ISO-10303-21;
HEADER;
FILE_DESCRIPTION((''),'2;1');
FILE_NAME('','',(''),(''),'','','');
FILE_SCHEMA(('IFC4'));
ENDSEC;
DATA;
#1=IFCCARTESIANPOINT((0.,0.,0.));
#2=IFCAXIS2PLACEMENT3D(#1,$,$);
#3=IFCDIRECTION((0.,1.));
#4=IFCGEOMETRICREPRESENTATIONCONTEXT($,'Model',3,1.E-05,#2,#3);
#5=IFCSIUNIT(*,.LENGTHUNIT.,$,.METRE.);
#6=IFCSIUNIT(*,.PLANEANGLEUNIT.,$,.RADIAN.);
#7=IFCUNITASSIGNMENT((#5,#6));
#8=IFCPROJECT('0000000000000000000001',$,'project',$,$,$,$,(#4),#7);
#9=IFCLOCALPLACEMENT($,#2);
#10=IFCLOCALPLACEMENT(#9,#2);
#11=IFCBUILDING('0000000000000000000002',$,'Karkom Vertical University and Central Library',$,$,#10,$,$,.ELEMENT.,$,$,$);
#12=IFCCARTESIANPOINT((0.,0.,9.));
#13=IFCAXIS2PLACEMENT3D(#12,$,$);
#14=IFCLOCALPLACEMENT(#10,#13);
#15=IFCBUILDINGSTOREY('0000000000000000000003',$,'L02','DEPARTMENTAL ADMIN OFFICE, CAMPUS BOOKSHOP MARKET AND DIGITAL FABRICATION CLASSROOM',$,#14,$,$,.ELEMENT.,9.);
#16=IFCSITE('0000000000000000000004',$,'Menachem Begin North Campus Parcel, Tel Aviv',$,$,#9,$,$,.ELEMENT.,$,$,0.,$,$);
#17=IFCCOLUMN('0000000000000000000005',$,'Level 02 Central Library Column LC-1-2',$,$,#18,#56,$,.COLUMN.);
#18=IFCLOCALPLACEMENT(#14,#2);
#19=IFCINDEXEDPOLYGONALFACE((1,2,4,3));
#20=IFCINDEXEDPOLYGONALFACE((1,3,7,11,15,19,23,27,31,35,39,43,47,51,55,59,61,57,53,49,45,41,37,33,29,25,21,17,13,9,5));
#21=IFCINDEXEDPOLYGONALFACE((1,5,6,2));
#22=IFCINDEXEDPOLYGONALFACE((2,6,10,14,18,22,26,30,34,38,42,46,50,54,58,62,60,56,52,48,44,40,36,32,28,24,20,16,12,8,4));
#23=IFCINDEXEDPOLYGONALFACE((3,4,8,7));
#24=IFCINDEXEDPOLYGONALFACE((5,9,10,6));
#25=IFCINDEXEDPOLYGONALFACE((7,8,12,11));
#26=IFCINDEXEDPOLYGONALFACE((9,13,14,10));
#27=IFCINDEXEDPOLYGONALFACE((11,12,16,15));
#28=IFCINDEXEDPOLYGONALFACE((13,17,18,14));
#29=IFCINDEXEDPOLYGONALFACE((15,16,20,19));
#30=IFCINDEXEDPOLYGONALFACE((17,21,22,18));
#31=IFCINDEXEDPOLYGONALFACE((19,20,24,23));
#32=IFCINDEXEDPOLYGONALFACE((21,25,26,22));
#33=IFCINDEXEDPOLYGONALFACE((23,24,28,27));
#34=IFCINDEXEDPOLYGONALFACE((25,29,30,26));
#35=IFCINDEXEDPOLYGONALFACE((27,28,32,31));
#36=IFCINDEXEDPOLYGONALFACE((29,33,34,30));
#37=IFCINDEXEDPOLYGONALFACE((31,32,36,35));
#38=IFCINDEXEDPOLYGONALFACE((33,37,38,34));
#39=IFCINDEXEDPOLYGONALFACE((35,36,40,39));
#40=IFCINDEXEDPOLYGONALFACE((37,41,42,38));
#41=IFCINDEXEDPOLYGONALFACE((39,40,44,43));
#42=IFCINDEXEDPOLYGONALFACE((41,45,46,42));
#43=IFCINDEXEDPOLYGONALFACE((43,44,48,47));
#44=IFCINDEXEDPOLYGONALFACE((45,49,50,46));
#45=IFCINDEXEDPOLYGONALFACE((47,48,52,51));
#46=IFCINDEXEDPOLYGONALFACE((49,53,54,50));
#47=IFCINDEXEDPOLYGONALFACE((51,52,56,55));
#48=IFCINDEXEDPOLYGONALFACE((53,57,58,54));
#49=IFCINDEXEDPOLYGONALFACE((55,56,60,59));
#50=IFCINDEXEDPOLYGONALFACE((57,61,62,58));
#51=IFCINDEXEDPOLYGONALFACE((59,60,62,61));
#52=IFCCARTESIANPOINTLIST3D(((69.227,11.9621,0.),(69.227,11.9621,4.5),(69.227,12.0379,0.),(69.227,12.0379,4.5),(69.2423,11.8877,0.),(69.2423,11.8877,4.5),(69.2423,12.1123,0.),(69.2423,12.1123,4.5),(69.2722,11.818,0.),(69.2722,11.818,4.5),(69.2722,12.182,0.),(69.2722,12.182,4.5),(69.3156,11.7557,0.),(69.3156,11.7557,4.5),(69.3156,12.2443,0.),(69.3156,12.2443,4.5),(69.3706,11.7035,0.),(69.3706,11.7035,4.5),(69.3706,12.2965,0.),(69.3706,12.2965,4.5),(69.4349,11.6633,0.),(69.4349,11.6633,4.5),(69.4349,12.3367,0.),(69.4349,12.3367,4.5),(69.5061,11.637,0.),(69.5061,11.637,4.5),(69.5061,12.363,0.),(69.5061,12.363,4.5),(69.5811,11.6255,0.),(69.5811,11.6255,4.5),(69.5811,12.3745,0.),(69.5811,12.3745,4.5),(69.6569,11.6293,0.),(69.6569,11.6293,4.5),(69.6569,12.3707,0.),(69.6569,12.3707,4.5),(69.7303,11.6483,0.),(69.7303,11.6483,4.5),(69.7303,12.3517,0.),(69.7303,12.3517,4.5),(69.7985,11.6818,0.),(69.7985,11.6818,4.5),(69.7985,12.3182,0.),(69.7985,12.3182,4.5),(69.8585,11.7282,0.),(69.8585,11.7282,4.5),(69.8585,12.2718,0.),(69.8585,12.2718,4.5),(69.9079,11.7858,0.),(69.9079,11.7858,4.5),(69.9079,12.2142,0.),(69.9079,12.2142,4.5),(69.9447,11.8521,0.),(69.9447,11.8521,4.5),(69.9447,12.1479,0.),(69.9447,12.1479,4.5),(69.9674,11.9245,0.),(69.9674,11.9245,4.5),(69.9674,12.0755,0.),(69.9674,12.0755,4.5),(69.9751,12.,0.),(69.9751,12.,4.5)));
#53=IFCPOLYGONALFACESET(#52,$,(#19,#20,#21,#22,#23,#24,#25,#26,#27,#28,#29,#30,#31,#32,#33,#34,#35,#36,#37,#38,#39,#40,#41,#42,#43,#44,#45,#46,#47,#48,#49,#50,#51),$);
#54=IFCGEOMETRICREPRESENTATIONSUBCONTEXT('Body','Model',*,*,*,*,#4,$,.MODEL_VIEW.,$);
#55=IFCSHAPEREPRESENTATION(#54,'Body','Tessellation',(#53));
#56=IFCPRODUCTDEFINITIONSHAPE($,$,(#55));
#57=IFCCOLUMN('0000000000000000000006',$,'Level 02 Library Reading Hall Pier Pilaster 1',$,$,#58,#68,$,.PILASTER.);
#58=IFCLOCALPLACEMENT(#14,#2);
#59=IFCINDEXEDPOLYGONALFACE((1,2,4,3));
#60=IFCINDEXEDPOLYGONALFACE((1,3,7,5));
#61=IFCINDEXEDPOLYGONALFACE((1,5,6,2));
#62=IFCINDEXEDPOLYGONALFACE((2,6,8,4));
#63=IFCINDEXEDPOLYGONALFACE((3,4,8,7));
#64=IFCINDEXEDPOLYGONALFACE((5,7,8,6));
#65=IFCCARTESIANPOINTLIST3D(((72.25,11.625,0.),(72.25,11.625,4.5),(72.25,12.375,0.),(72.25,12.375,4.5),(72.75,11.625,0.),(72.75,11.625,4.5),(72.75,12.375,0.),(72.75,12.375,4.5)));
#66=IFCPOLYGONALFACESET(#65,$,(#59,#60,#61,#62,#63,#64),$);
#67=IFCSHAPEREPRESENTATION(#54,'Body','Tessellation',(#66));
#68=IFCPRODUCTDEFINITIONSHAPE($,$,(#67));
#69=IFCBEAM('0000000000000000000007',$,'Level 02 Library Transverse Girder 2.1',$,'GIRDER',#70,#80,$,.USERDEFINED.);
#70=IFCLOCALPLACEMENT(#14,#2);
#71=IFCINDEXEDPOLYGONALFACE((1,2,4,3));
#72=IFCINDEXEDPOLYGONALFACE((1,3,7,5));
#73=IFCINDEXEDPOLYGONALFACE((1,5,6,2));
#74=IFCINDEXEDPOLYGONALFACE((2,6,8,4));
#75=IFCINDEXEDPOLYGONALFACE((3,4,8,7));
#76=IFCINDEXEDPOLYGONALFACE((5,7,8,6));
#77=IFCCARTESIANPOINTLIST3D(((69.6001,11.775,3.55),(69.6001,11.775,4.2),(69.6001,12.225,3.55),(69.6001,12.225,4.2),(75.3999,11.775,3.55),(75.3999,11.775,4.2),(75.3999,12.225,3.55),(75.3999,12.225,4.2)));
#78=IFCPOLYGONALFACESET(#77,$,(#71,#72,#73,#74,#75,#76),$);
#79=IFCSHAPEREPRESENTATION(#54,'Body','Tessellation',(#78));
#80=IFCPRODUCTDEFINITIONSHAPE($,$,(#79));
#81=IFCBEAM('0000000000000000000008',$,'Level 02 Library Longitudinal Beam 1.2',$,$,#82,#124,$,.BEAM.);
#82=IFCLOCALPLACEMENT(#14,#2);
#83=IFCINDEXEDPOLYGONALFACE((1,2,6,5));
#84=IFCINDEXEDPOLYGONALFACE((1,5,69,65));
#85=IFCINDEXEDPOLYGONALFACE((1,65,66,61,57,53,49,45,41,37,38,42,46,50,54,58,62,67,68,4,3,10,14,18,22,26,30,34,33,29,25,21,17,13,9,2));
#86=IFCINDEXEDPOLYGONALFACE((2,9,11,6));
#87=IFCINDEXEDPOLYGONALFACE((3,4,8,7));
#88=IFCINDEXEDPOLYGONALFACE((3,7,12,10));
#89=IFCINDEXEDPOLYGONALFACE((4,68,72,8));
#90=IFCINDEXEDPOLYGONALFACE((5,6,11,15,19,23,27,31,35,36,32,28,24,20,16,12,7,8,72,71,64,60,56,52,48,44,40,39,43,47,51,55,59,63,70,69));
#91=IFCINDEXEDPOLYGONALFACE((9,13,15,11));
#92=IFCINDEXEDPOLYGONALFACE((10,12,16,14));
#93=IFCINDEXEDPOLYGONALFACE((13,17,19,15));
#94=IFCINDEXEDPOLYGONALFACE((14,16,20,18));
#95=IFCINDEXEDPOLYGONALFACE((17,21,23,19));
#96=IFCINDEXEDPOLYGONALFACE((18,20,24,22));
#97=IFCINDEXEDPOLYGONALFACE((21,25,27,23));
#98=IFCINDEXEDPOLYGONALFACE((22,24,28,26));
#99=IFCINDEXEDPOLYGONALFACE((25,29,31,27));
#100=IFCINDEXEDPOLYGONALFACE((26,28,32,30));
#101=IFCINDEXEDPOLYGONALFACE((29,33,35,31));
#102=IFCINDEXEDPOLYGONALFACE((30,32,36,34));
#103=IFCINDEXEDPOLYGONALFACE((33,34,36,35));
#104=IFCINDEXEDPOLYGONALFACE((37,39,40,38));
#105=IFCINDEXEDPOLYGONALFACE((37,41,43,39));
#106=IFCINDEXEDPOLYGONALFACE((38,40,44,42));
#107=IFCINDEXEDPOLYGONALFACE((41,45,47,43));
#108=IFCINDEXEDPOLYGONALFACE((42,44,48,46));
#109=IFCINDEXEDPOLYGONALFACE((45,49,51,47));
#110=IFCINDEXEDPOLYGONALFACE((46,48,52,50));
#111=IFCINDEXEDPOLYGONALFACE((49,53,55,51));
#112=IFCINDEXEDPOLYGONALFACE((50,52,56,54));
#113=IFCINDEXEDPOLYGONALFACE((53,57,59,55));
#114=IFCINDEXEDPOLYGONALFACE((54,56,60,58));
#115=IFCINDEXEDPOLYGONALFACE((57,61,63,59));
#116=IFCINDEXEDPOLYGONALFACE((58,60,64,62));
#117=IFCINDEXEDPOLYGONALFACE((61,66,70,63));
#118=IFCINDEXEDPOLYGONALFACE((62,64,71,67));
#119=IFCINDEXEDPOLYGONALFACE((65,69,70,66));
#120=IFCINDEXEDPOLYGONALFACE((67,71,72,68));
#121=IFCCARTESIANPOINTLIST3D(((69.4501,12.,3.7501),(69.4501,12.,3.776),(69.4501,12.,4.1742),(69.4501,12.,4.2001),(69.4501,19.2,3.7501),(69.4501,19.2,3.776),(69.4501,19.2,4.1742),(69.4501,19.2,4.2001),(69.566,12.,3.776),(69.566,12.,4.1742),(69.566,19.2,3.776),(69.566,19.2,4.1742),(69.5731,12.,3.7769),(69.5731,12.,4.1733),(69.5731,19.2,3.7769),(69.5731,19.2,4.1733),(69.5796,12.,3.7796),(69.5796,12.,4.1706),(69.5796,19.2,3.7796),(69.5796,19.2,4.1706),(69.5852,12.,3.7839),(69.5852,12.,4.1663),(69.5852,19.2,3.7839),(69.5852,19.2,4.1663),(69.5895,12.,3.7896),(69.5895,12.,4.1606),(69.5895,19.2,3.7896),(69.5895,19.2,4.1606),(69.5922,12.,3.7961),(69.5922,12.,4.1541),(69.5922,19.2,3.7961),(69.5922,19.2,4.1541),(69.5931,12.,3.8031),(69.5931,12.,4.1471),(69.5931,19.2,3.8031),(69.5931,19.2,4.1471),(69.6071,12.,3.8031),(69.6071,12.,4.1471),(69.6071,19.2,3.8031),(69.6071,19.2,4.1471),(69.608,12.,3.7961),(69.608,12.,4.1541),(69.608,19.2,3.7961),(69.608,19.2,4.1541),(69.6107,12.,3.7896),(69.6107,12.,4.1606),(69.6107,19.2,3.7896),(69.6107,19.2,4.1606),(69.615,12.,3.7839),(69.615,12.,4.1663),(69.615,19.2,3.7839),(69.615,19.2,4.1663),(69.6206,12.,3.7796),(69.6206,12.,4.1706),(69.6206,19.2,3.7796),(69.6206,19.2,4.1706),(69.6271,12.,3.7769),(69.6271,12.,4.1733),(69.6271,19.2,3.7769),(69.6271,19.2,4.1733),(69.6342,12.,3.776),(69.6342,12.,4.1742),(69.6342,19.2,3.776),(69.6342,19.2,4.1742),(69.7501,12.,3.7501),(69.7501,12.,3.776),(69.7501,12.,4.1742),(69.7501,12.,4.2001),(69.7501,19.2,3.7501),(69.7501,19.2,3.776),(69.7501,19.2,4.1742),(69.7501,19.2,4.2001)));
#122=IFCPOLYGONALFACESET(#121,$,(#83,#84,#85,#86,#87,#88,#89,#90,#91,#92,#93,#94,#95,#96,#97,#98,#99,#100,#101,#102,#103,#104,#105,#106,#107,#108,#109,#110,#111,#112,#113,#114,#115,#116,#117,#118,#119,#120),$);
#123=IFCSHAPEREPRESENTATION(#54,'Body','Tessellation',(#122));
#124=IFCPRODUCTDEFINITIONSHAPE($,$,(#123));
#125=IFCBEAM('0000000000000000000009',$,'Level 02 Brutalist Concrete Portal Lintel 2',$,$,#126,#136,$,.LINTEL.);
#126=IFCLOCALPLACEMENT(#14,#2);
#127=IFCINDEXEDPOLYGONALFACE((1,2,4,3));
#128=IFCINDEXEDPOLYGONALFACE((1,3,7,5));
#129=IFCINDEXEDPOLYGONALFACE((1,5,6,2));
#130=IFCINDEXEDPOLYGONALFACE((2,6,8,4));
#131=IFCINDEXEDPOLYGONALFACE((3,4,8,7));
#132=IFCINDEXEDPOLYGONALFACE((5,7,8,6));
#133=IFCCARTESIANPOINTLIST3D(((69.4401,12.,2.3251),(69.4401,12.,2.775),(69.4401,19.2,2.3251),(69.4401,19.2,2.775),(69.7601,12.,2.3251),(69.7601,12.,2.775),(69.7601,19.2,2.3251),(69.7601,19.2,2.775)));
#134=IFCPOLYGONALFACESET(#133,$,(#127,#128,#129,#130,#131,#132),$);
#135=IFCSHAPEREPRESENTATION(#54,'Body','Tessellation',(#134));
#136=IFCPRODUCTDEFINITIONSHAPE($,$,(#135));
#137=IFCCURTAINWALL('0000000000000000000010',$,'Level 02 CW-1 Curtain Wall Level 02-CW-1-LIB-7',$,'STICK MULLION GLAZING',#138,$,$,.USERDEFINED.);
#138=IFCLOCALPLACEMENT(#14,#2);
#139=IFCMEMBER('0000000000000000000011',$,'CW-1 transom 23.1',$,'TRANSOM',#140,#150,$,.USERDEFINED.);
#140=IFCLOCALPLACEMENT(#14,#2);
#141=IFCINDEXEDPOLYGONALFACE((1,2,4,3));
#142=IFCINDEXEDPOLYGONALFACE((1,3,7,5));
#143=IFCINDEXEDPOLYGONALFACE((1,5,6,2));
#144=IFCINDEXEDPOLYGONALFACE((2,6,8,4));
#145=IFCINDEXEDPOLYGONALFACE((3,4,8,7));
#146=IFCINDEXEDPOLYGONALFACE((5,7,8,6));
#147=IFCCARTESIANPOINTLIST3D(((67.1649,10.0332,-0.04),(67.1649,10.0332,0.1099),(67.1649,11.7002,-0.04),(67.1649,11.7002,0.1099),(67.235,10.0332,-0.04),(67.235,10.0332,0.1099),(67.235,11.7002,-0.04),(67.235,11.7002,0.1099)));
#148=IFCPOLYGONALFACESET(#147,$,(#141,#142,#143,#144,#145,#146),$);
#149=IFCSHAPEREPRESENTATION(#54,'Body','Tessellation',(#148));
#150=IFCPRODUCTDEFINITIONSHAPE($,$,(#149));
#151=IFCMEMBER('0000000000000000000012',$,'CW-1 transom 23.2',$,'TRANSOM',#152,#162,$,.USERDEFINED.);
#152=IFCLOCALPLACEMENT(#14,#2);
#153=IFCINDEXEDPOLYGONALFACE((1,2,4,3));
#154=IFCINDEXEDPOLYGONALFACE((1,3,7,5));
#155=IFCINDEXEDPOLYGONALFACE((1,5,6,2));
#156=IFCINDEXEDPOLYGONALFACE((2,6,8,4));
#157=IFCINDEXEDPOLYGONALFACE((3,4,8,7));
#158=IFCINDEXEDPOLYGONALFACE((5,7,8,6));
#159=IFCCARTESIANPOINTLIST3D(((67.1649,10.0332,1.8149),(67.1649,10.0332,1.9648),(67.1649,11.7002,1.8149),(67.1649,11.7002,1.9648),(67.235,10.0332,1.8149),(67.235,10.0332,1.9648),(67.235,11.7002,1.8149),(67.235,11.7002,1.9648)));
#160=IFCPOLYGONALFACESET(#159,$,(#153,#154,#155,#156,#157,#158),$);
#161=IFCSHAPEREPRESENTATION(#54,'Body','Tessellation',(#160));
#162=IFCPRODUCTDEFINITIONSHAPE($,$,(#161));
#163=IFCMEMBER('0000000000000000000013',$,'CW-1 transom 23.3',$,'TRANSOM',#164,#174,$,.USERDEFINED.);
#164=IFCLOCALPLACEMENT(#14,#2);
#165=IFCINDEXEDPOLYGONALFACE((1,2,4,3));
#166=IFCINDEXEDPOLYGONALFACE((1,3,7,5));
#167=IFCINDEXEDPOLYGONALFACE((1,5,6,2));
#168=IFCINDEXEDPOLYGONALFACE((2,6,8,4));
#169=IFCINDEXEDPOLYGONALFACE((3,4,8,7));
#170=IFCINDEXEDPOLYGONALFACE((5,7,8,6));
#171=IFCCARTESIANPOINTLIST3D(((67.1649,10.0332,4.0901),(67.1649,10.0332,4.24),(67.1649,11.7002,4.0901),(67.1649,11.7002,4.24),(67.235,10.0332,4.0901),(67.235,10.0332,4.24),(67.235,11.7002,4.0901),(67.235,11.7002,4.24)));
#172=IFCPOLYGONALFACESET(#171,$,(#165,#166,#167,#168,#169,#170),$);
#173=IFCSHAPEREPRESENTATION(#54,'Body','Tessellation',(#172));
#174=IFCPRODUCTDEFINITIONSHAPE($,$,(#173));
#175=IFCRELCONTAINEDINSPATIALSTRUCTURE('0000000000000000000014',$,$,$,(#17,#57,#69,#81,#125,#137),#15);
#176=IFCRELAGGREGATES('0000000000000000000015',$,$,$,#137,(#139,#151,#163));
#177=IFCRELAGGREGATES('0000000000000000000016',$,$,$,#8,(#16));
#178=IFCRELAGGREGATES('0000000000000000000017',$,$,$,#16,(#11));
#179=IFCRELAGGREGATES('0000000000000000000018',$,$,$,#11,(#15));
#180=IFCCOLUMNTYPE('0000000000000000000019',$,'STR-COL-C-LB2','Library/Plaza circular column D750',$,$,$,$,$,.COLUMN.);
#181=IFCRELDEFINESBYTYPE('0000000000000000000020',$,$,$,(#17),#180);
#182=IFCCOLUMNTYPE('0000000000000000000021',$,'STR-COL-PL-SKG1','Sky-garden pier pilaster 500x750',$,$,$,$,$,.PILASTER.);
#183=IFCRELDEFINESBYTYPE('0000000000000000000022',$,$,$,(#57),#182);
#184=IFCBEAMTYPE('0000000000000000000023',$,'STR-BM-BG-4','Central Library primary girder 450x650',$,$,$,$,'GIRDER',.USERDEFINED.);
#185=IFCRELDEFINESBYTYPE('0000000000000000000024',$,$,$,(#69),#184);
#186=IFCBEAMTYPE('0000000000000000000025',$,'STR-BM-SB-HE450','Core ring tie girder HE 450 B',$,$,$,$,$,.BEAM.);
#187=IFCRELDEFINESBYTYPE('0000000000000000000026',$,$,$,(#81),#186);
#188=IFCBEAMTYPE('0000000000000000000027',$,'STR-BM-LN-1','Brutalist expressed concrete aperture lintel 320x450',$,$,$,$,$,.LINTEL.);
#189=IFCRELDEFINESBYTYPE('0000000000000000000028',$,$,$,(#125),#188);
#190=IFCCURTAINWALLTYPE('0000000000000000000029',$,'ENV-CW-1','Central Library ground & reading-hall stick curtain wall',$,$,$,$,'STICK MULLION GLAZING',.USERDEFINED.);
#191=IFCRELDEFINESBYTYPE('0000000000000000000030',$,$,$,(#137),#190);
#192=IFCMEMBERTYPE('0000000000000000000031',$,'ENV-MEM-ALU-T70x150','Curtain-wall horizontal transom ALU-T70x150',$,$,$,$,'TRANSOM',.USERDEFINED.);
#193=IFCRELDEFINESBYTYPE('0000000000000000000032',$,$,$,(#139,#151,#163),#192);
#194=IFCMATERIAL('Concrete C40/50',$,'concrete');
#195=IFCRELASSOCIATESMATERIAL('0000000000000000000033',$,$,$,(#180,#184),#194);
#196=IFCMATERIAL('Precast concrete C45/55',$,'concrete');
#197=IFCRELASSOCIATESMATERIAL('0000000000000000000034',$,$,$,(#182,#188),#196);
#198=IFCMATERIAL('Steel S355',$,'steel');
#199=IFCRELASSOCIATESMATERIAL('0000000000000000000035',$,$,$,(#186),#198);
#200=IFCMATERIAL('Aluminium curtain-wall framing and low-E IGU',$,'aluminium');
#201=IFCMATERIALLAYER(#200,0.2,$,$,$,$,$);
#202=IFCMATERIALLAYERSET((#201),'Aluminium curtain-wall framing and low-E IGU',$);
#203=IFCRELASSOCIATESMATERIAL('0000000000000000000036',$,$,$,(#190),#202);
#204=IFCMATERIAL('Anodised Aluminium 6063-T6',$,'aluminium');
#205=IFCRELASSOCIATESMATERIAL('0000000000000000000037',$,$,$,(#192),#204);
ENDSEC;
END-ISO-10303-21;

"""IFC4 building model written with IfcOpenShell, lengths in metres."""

from ifc_helpers import new_model, si_unit, direction, frame, origin, origin_with_axes, origin_2d, place, context, subcontext, project, spatial, rectangle, circle, i_section, extrude, source, transform, mapped, material, layer, layer_set, material_profile, profile_set, type_object, element, aggregate, save


model = new_model("IFC4")

# Units and contexts
model_context = context("Model", 3, precision=1e-05, world=origin(), true_north=direction((0.0, 1.0)))
body_context = subcontext(model_context, "Body", "Model", "MODEL_VIEW")
ifc_project = project(units=[si_unit("LENGTHUNIT", "METRE"), si_unit("PLANEANGLEUNIT", "RADIAN")], contexts=[model_context])

# Site, building, storey
site_placement = place(None, origin())
site = spatial("IfcSite", under=ifc_project, at=site_placement, Name="Menachem Begin North Campus Parcel, Tel Aviv", CompositionType="ELEMENT", RefElevation=0.0)
building_placement = place(site_placement, origin())
building = spatial("IfcBuilding", under=site, at=building_placement, Name="Karkom Vertical University and Central Library", CompositionType="ELEMENT")
storey_placement = place(building_placement, frame((0.0, 0.0, 9.0)))
storey = spatial("IfcBuildingStorey", under=building, at=storey_placement, Name="L02", Description="DEPARTMENTAL ADMIN OFFICE, CAMPUS BOOKSHOP MARKET AND DIGITAL FABRICATION CLASSROOM", CompositionType="ELEMENT", Elevation=9.0)

# Columns
ifc_material_1 = material(Name="Concrete C40/50", Category="concrete")
ifc_material_profile_1 = material_profile(ifc_material_1, circle(Radius=0.375, at=origin_2d()), Name="RC-D750")
ifc_profile_set_1 = profile_set([ifc_material_profile_1], Name="Concrete C40/50")
column_type_1 = type_object("IfcColumnType", Name="STR-COL-C-LB2", Description="Library/Plaza circular column D750", PredefinedType="COLUMN", material=ifc_profile_set_1)
shared_shape_1 = source(origin_with_axes(), body_context, "Body", "SweptSolid", [
    extrude(circle(Radius=0.375, at=origin_2d()), origin(), (0.0, 0.0, 1.0), 4.5),
])
column_1_placement = place(storey_placement, frame((69.6001, 12.0, 0.0), z_axis=(0.0, 0.0, 1.0), x_axis=(1.0, 0.0, 0.0)))
element("IfcColumn", 1, at=column_1_placement, inside=storey, type_object=column_type_1, Name="Level 02 Central Library Column LC-1-2", PredefinedType="COLUMN", context=body_context, shape_type="MappedRepresentation", body=[
    mapped(shared_shape_1, transform((0.0, 0.0, 0.0), scale=1.0)),
])
ifc_material_2 = material(Name="Precast concrete C45/55", Category="concrete")
ifc_material_profile_2 = material_profile(ifc_material_2, rectangle(XDim=0.5, YDim=0.75, at=origin_2d()), Name="PIL-500x750")
ifc_profile_set_2 = profile_set([ifc_material_profile_2], Name="Precast concrete C45/55")
column_type_2 = type_object("IfcColumnType", Name="STR-COL-PL-SKG1", Description="Sky-garden pier pilaster 500x750", PredefinedType="PILASTER", material=ifc_profile_set_2)
shared_shape_2 = source(origin_with_axes(), body_context, "Body", "SweptSolid", [
    extrude(rectangle(XDim=0.5, YDim=0.75, at=origin_2d()), origin(), (0.0, 0.0, 1.0), 4.5),
])
column_2_placement = place(storey_placement, frame((72.5, 12.0, 0.0), z_axis=(0.0, 0.0, 1.0), x_axis=(1.0, 0.0, 0.0)))
element("IfcColumn", 2, at=column_2_placement, inside=storey, type_object=column_type_2, Name="Level 02 Library Reading Hall Pier Pilaster 1", PredefinedType="PILASTER", context=body_context, shape_type="MappedRepresentation", body=[
    mapped(shared_shape_2, transform((0.0, 0.0, 0.0), scale=1.0)),
])

# Beams
ifc_material_profile_3 = material_profile(ifc_material_1, rectangle(XDim=0.45, YDim=0.6499, at=origin_2d()), Name="RCB-450x650")
ifc_profile_set_3 = profile_set([ifc_material_profile_3], Name="Concrete C40/50")
beam_type_1 = type_object("IfcBeamType", Name="STR-BM-BG-4", Description="Central Library primary girder 450x650", ElementType="GIRDER", PredefinedType="USERDEFINED", material=ifc_profile_set_3)
shared_shape_3 = source(origin_with_axes(), body_context, "Body", "SweptSolid", [
    extrude(rectangle(XDim=0.45, YDim=0.6499, at=origin_2d()), origin(), (0.0, 0.0, 1.0), 5.7998),
])
beam_1_placement = place(storey_placement, frame((69.6001, 12.0, 3.875), z_axis=(1.0, 0.0, 0.0), x_axis=(0.0, 1.0, 0.0)))
element("IfcBeam", 3, at=beam_1_placement, inside=storey, type_object=beam_type_1, Name="Level 02 Library Transverse Girder 2.1", ObjectType="GIRDER", PredefinedType="USERDEFINED", context=body_context, shape_type="MappedRepresentation", body=[
    mapped(shared_shape_3, transform((0.0, 0.0, 0.0), scale=1.0)),
])
ifc_material_3 = material(Name="Steel S355", Category="steel")
ifc_material_profile_4 = material_profile(ifc_material_3, i_section(OverallWidth=0.3, OverallDepth=0.45, WebThickness=0.0139, FlangeThickness=0.0259, FilletRadius=0.0271, at=origin_2d()), Name="HE 450 B")
ifc_profile_set_4 = profile_set([ifc_material_profile_4], Name="Steel S355")
beam_type_2 = type_object("IfcBeamType", Name="STR-BM-SB-HE450", Description="Core ring tie girder HE 450 B", PredefinedType="BEAM", material=ifc_profile_set_4)
shared_shape_4 = source(origin_with_axes(), body_context, "Body", "SweptSolid", [
    extrude(i_section(OverallWidth=0.3, OverallDepth=0.45, WebThickness=0.0139, FlangeThickness=0.0259, FilletRadius=0.0271, at=origin_2d()), origin(), (0.0, 0.0, 1.0), 7.2),
])
beam_2_placement = place(storey_placement, frame((69.6001, 12.0, 3.9751), z_axis=(0.0, 1.0, 0.0), x_axis=(-1.0, 0.0, 0.0)))
element("IfcBeam", 4, at=beam_2_placement, inside=storey, type_object=beam_type_2, Name="Level 02 Library Longitudinal Beam 1.2", PredefinedType="BEAM", context=body_context, shape_type="MappedRepresentation", body=[
    mapped(shared_shape_4, transform((0.0, 0.0, 0.0), scale=1.0)),
])
ifc_material_profile_5 = material_profile(ifc_material_2, rectangle(XDim=0.3201, YDim=0.45, at=origin_2d()), Name="RCL-320x450")
ifc_profile_set_5 = profile_set([ifc_material_profile_5], Name="Precast concrete C45/55")
beam_type_3 = type_object("IfcBeamType", Name="STR-BM-LN-1", Description="Brutalist expressed concrete aperture lintel 320x450", PredefinedType="LINTEL", material=ifc_profile_set_5)
shared_shape_5 = source(origin_with_axes(), body_context, "Body", "SweptSolid", [
    extrude(rectangle(XDim=0.3201, YDim=0.45, at=origin_2d()), origin(), (0.0, 0.0, 1.0), 7.2),
])
beam_3_placement = place(storey_placement, frame((69.6001, 12.0, 2.55), z_axis=(0.0, 1.0, 0.0), x_axis=(-1.0, 0.0, 0.0)))
element("IfcBeam", 5, at=beam_3_placement, inside=storey, type_object=beam_type_3, Name="Level 02 Brutalist Concrete Portal Lintel 2", PredefinedType="LINTEL", context=body_context, shape_type="MappedRepresentation", body=[
    mapped(shared_shape_5, transform((0.0, 0.0, 0.0), scale=1.0)),
])

# Curtain wall, members
ifc_material_4 = material(Name="Aluminium curtain-wall framing and low-E IGU", Category="aluminium")
ifc_layer_1 = layer(ifc_material_4, 0.2)
ifc_layer_set_1 = layer_set([ifc_layer_1], Name="Aluminium curtain-wall framing and low-E IGU")
curtain_wall_type = type_object("IfcCurtainWallType", Name="ENV-CW-1", Description="Central Library ground & reading-hall stick curtain wall", ElementType="STICK MULLION GLAZING", PredefinedType="USERDEFINED", material=ifc_layer_set_1)
curtain_wall_placement = place(storey_placement, origin())
curtain_wall = element("IfcCurtainWall", 6, at=curtain_wall_placement, inside=storey, type_object=curtain_wall_type, Name="Level 02 CW-1 Curtain Wall Level 02-CW-1-LIB-7", ObjectType="STICK MULLION GLAZING", PredefinedType="USERDEFINED")
ifc_material_5 = material(Name="Anodised Aluminium 6063-T6", Category="aluminium")
ifc_material_profile_6 = material_profile(ifc_material_5, rectangle(XDim=0.0701, YDim=0.1499, at=origin_2d()), Name="ALU-T70x150")
ifc_profile_set_6 = profile_set([ifc_material_profile_6], Name="Anodised Aluminium 6063-T6")
member_type = type_object("IfcMemberType", Name="ENV-MEM-ALU-T70x150", Description="Curtain-wall horizontal transom ALU-T70x150", ElementType="TRANSOM", PredefinedType="USERDEFINED", material=ifc_profile_set_6)
shared_shape_6 = source(origin_with_axes(), body_context, "Body", "SweptSolid", [
    extrude(rectangle(XDim=0.0701, YDim=0.1499, at=origin_2d()), origin(), (0.0, 0.0, 1.0), 1.667),
])
member_1_placement = place(storey_placement, frame((67.2, 11.7002, 0.0349), z_axis=(0.0, -1.0, 0.0), x_axis=(1.0, 0.0, 0.0)))
member_1 = element("IfcMember", 7, at=member_1_placement, type_object=member_type, Name="CW-1 transom 23.1", ObjectType="TRANSOM", PredefinedType="USERDEFINED", context=body_context, shape_type="MappedRepresentation", body=[
    mapped(shared_shape_6, transform((0.0, 0.0, 0.0), scale=1.0)),
])
member_2_placement = place(storey_placement, frame((67.2, 11.7002, 1.8899), z_axis=(0.0, -1.0, 0.0), x_axis=(1.0, 0.0, 0.0)))
member_2 = element("IfcMember", 8, at=member_2_placement, type_object=member_type, Name="CW-1 transom 23.2", ObjectType="TRANSOM", PredefinedType="USERDEFINED", context=body_context, shape_type="MappedRepresentation", body=[
    mapped(shared_shape_6, transform((0.0, 0.0, 0.0), scale=1.0)),
])
member_3_placement = place(storey_placement, frame((67.2, 11.7002, 4.165), z_axis=(0.0, -1.0, 0.0), x_axis=(1.0, 0.0, 0.0)))
member_3 = element("IfcMember", 9, at=member_3_placement, type_object=member_type, Name="CW-1 transom 23.3", ObjectType="TRANSOM", PredefinedType="USERDEFINED", context=body_context, shape_type="MappedRepresentation", body=[
    mapped(shared_shape_6, transform((0.0, 0.0, 0.0), scale=1.0)),
])
aggregate(curtain_wall, [member_1, member_2, member_3])

save(model, "model.ifc")
